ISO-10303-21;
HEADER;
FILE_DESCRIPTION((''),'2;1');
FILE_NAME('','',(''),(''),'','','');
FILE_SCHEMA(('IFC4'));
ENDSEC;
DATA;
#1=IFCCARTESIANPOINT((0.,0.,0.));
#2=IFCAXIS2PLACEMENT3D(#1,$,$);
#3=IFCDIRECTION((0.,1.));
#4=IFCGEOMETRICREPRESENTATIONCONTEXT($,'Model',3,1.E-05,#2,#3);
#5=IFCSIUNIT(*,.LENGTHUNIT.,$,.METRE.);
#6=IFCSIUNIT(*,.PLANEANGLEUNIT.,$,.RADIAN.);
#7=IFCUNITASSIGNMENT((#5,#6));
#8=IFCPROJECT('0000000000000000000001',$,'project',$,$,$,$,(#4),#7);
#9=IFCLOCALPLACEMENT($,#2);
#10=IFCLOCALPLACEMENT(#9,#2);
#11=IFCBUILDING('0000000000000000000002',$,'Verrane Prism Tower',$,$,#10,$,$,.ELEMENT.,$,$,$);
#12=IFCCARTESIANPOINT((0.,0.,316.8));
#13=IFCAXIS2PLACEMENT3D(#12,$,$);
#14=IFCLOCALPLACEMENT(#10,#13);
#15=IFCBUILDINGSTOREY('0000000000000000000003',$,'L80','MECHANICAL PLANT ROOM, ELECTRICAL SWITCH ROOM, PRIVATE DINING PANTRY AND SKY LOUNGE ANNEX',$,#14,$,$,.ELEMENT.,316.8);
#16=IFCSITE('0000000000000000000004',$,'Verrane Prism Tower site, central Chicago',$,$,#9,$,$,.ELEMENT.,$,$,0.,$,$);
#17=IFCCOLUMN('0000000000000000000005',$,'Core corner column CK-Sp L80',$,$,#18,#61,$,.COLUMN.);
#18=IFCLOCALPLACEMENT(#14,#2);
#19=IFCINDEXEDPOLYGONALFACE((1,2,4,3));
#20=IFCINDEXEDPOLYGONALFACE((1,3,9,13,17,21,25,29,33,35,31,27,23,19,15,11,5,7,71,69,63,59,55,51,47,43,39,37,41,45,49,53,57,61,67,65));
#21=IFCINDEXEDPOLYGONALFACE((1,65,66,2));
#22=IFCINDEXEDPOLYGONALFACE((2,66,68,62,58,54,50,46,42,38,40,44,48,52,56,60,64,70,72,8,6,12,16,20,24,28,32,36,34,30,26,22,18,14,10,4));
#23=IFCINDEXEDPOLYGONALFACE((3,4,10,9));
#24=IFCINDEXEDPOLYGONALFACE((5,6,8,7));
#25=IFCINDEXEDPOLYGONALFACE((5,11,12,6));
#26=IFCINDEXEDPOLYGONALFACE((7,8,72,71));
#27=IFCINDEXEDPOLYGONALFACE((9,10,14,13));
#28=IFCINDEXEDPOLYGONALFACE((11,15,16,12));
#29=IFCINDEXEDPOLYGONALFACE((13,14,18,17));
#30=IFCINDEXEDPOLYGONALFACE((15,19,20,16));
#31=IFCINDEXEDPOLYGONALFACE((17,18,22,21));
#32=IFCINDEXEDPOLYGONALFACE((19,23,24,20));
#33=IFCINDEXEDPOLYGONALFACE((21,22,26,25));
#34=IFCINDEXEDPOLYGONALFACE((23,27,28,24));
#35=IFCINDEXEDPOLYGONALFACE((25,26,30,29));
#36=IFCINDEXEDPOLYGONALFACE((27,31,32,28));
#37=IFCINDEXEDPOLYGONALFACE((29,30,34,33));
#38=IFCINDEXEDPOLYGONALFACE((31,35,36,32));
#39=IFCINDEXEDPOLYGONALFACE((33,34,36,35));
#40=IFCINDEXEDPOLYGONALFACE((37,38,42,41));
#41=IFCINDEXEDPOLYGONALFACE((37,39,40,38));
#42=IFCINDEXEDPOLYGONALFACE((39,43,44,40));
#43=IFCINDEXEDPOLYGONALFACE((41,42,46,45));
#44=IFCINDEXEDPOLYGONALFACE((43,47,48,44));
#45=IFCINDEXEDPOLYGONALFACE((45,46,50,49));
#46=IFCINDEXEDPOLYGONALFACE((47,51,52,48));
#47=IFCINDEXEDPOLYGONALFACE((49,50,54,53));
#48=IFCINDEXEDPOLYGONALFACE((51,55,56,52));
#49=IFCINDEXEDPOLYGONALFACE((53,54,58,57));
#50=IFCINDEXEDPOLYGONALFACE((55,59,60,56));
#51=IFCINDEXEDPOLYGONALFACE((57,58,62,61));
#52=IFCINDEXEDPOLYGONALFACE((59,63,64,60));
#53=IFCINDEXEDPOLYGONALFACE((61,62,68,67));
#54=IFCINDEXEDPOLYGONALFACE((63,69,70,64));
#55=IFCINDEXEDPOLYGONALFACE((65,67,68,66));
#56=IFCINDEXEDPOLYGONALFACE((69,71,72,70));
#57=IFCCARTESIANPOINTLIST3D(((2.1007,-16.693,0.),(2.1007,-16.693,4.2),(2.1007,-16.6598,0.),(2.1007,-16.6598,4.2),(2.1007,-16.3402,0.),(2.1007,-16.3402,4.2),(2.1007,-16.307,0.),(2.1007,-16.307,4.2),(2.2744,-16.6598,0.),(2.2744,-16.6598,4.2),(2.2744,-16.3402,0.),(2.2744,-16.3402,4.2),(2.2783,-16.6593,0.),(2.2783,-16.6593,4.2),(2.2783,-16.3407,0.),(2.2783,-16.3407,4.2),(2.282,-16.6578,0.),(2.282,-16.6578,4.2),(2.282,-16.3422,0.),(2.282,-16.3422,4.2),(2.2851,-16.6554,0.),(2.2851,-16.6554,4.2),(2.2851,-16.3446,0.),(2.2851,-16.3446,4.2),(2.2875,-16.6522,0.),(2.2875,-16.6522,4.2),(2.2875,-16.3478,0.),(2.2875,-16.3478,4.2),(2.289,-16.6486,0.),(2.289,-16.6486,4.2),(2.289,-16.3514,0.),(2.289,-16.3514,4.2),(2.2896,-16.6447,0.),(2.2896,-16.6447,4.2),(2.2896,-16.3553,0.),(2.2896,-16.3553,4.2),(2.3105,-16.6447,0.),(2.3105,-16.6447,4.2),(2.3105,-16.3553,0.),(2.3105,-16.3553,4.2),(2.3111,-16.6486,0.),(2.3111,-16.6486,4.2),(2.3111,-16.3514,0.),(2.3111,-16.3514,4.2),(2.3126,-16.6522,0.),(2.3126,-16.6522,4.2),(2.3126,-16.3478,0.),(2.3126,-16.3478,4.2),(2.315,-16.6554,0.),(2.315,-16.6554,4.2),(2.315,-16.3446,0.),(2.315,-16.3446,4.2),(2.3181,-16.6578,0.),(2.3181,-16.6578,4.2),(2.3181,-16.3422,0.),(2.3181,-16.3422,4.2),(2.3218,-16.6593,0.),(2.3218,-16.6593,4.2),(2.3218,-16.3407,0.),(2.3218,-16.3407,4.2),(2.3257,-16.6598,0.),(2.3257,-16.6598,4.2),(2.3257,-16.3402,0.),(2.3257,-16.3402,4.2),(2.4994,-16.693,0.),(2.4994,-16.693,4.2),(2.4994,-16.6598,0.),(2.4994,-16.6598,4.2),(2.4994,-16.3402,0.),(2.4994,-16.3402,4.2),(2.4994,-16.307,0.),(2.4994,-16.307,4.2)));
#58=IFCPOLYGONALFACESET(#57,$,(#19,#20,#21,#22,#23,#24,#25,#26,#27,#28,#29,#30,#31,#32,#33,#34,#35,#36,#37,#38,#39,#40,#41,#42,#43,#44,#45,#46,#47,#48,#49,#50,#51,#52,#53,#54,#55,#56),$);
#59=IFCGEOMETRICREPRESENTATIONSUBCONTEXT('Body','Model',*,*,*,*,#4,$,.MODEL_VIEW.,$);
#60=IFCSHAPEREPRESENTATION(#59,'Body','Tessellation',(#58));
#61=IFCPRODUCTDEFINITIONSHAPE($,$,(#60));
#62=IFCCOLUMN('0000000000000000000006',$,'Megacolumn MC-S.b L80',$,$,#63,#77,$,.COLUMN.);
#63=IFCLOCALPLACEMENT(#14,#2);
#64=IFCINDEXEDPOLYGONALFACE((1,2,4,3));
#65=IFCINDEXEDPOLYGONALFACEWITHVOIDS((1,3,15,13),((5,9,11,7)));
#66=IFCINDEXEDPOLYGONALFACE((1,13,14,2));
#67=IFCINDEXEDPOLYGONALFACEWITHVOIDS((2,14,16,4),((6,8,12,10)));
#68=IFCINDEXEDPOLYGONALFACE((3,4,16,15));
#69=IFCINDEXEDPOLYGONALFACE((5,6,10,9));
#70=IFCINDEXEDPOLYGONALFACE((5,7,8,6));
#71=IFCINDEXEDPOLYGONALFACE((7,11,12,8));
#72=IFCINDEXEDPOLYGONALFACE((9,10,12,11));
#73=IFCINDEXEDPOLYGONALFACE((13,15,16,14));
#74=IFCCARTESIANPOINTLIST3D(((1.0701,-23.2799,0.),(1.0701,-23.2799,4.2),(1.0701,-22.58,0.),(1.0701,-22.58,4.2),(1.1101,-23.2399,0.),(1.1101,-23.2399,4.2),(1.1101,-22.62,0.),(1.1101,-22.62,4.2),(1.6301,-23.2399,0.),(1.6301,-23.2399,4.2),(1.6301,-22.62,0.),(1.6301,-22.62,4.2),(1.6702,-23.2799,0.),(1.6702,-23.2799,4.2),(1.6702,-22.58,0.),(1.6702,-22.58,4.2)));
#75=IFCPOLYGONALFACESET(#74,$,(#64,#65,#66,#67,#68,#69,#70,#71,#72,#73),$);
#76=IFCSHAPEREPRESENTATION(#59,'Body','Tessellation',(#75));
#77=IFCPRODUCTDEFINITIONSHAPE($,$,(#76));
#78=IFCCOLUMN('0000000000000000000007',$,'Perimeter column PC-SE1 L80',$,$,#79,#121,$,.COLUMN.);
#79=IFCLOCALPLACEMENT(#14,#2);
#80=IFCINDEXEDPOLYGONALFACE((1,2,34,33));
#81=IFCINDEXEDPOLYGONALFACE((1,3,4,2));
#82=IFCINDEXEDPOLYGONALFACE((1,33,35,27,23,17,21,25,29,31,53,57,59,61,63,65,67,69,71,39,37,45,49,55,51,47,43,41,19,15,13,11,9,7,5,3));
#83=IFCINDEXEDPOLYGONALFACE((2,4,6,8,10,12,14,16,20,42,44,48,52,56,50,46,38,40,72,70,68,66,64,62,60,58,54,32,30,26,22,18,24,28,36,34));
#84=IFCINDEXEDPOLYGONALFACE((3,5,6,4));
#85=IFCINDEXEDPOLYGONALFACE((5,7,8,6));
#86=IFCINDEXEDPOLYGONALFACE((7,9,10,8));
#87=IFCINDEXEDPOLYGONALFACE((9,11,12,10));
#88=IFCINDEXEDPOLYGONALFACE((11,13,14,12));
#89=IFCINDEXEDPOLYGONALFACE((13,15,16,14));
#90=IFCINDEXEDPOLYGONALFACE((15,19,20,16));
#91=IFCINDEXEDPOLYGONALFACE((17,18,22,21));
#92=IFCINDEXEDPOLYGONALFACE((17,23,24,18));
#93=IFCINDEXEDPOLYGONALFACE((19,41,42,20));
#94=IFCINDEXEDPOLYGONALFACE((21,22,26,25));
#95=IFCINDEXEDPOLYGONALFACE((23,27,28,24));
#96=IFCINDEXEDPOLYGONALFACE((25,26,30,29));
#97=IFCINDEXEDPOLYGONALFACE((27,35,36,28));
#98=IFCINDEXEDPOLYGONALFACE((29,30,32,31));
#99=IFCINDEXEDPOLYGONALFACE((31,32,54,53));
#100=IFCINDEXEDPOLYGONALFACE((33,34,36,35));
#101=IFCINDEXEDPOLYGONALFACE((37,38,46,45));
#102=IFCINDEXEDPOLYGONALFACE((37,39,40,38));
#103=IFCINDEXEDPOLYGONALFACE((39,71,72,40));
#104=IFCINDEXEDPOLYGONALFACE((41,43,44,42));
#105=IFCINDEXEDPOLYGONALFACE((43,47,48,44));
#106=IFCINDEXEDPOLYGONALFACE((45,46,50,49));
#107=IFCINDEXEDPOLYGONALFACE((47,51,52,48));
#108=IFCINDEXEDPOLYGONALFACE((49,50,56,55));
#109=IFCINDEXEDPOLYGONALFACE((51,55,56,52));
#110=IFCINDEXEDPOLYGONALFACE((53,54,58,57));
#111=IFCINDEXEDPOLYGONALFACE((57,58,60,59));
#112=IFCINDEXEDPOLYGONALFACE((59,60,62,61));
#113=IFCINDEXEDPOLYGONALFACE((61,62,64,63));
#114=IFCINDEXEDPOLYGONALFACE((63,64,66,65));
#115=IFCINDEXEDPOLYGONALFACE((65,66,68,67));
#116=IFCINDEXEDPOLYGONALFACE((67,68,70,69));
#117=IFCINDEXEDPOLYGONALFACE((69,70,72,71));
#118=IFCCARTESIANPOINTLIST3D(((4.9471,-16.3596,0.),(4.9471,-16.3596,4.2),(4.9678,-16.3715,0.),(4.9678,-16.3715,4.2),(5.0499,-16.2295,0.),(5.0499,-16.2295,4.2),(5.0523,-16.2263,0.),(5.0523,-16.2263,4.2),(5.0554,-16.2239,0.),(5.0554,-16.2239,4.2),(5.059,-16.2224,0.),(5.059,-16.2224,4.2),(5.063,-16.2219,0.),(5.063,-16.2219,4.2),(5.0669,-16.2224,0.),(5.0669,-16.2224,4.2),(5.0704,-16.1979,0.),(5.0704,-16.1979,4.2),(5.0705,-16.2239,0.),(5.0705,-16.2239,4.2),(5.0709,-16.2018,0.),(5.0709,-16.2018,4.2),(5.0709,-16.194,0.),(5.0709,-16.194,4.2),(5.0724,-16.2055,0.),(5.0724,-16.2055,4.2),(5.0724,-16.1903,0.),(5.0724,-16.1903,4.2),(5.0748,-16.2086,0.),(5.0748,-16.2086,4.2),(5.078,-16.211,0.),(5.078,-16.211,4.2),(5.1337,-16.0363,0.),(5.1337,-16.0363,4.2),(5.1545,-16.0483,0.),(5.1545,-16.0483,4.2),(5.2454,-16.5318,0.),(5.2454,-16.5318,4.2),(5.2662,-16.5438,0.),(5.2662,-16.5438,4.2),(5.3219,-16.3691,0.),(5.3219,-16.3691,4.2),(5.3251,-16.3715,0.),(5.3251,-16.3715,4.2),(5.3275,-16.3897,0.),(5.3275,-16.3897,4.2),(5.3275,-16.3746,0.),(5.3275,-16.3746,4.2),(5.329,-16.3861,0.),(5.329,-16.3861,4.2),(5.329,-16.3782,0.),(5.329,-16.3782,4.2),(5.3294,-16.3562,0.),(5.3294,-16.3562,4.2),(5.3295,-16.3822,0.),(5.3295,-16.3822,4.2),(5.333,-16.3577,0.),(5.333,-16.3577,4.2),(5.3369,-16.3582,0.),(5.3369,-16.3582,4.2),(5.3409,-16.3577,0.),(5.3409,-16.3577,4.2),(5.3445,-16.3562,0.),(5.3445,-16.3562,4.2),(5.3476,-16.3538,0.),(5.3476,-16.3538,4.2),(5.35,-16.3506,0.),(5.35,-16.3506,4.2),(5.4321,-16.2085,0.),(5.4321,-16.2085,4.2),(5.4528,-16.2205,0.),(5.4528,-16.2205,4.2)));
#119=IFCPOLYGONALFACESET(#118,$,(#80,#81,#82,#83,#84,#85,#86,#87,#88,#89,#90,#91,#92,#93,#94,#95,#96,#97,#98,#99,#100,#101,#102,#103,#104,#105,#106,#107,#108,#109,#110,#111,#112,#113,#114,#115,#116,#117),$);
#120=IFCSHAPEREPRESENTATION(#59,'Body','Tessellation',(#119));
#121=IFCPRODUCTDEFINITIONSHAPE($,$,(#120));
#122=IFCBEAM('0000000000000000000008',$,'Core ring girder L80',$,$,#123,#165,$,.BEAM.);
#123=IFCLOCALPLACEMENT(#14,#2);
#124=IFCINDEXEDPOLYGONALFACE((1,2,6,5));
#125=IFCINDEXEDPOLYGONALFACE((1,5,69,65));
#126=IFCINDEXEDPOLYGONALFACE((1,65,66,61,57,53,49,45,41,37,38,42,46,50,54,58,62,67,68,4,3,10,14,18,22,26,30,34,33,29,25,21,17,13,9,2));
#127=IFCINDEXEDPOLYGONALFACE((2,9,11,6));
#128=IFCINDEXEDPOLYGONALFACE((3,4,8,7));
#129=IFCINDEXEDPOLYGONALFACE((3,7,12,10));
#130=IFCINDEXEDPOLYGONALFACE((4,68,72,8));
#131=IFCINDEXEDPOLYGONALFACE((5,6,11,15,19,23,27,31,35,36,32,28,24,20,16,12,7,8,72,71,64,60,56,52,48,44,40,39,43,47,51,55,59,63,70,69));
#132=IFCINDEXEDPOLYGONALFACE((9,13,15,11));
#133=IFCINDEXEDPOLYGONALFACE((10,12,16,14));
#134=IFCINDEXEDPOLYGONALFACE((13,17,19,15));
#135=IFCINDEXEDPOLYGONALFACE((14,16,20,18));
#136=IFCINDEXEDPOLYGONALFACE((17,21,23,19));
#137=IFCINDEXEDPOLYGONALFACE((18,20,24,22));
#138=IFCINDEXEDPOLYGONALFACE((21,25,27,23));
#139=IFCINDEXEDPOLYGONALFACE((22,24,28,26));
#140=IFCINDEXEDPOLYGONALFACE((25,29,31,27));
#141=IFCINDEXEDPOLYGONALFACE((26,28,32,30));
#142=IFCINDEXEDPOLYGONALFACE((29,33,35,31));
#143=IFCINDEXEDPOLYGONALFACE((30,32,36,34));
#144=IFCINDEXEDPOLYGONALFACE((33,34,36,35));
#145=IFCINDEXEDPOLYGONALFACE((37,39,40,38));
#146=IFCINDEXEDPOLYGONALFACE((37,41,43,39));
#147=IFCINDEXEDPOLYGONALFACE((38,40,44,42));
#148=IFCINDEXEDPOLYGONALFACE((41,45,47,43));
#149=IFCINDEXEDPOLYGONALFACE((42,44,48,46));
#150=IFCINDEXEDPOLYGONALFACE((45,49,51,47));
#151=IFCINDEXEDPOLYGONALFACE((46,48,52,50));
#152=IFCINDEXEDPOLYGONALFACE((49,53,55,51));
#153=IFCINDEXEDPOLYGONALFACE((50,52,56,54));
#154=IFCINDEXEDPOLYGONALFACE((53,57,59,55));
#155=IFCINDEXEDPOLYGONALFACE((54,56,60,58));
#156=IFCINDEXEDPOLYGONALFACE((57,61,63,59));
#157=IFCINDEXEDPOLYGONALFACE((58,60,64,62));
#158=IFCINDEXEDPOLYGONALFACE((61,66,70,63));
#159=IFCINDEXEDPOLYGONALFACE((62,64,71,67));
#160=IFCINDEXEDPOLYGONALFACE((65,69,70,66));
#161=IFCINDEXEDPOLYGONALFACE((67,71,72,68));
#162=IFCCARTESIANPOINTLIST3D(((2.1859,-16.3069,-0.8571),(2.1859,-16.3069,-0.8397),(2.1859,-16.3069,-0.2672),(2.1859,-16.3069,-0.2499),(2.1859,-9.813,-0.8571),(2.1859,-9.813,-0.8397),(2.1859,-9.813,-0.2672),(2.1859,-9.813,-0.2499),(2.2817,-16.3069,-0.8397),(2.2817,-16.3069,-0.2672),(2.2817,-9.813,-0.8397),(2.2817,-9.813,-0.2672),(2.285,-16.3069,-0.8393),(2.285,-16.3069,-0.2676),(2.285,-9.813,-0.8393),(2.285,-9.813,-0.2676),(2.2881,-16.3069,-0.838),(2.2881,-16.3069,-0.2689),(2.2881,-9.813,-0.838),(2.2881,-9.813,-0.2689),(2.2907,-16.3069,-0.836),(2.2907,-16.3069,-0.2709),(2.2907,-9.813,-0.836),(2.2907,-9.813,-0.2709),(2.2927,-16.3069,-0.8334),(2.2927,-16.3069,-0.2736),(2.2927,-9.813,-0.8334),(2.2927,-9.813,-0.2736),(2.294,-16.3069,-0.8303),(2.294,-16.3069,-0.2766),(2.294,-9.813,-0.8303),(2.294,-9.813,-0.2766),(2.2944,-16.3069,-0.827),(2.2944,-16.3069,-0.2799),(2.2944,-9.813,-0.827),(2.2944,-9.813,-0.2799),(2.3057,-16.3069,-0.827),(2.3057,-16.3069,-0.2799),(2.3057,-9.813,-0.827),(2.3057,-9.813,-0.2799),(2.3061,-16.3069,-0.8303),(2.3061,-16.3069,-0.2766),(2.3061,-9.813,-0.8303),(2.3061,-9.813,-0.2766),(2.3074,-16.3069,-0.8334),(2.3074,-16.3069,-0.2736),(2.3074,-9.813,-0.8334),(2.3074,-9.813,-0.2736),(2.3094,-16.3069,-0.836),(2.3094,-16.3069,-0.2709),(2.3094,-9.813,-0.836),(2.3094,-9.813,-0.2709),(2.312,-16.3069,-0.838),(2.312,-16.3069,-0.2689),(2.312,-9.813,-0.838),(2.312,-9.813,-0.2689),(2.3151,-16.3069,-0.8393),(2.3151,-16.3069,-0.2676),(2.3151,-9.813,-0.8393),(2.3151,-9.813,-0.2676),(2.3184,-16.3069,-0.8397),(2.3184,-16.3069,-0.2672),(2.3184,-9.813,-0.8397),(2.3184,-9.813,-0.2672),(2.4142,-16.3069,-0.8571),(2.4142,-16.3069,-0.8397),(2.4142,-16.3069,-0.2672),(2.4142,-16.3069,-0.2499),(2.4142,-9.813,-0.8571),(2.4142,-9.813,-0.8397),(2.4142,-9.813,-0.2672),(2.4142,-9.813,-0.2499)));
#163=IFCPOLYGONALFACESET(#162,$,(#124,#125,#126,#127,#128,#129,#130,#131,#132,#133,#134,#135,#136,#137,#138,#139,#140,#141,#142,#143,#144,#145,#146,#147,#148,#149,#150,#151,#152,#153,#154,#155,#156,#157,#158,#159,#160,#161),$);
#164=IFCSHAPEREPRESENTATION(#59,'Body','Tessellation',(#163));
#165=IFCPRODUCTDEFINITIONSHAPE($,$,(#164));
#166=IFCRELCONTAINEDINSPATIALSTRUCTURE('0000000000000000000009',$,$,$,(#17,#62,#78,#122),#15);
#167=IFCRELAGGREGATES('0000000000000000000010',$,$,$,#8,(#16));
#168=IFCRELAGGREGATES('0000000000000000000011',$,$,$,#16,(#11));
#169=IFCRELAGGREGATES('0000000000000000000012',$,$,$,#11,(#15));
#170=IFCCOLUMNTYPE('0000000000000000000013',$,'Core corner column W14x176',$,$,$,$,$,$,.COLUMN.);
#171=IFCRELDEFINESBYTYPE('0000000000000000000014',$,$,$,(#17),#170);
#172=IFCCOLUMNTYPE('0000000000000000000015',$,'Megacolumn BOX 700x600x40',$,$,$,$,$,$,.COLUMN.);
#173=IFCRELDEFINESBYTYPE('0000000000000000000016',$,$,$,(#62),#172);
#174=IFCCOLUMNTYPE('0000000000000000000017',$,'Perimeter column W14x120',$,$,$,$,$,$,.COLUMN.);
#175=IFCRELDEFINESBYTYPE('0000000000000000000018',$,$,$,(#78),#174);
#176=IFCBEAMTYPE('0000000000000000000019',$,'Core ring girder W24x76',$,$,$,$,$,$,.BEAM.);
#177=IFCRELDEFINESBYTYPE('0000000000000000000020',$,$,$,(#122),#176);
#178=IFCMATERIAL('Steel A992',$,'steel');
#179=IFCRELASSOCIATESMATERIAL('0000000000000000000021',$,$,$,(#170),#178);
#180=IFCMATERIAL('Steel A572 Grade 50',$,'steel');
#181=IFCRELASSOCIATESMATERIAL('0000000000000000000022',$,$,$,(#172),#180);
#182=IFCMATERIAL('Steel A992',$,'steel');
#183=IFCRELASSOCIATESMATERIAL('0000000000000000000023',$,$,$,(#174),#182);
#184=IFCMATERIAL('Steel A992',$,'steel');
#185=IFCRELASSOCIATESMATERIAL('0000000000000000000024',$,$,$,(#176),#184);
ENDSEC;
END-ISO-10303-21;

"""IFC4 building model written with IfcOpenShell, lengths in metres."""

from ifc_helpers import new_model, si_unit, direction, frame, origin, origin_2d, place, context, subcontext, project, spatial, hollow_rectangle, i_section, extrude, material, material_profile, profile_set, type_object, element, save


model = new_model("IFC4")

# Units and contexts
model_context = context("Model", 3, precision=1e-05, world=origin(), true_north=direction((0.0, 1.0)))
body_context = subcontext(model_context, "Body", "Model", "MODEL_VIEW")
ifc_project = project(units=[si_unit("LENGTHUNIT", "METRE"), si_unit("PLANEANGLEUNIT", "RADIAN")], contexts=[model_context])

# Site, building, storey
site_placement = place(None, origin())
site = spatial("IfcSite", under=ifc_project, at=site_placement, Name="Verrane Prism Tower site, central Chicago", CompositionType="ELEMENT", RefElevation=0.0)
building_placement = place(site_placement, origin())
building = spatial("IfcBuilding", under=site, at=building_placement, Name="Verrane Prism Tower", CompositionType="ELEMENT")
storey_placement = place(building_placement, frame((0.0, 0.0, 316.8)))
storey = spatial("IfcBuildingStorey", under=building, at=storey_placement, Name="L80", Description="MECHANICAL PLANT ROOM, ELECTRICAL SWITCH ROOM, PRIVATE DINING PANTRY AND SKY LOUNGE ANNEX", CompositionType="ELEMENT", Elevation=316.8)

# Columns
ifc_material_1 = material(Name="Steel A992", Category="steel")
ifc_material_profile_1 = material_profile(ifc_material_1, i_section(OverallWidth=0.3987, OverallDepth=0.386, WebThickness=0.021, FlangeThickness=0.0332, FilletRadius=0.0151, at=origin_2d()), Name="W14x176")
ifc_profile_set_1 = profile_set([ifc_material_profile_1], Name="Steel A992")
column_type_1 = type_object("IfcColumnType", Name="Core corner column W14x176", PredefinedType="COLUMN", material=ifc_profile_set_1)
column_1_placement = place(storey_placement, frame((2.3, -16.5, 0.0), z_axis=(0.0, 0.0, 1.0), x_axis=(-1.0, 0.0, 0.0)))
element("IfcColumn", 1, at=column_1_placement, inside=storey, type_object=column_type_1, Name="Core corner column CK-Sp L80", PredefinedType="COLUMN", context=body_context, shape_type="SweptSolid", body=[
    extrude(i_section(OverallWidth=0.3987, OverallDepth=0.386, WebThickness=0.021, FlangeThickness=0.0332, FilletRadius=0.0151, at=origin_2d()), origin(), (0.0, 0.0, 1.0), 4.2),
])
ifc_material_2 = material(Name="Steel A572 Grade 50", Category="steel")
ifc_material_profile_2 = material_profile(ifc_material_2, hollow_rectangle(XDim=0.6001, YDim=0.7, WallThickness=0.04, at=origin_2d()), Name="BOX 700x600x40")
ifc_profile_set_2 = profile_set([ifc_material_profile_2], Name="Steel A572 Grade 50")
column_type_2 = type_object("IfcColumnType", Name="Megacolumn BOX 700x600x40", PredefinedType="COLUMN", material=ifc_profile_set_2)
column_2_placement = place(storey_placement, frame((1.3701, -22.9299, 0.0), z_axis=(0.0, 0.0, 1.0), x_axis=(-1.0, 0.0, 0.0)))
element("IfcColumn", 2, at=column_2_placement, inside=storey, type_object=column_type_2, Name="Megacolumn MC-S.b L80", PredefinedType="COLUMN", context=body_context, shape_type="SweptSolid", body=[
    extrude(hollow_rectangle(XDim=0.6001, YDim=0.7, WallThickness=0.04, at=origin_2d()), origin(), (0.0, 0.0, 1.0), 4.2),
])
ifc_material_3 = material(Name="Steel A992", Category="steel")
ifc_material_profile_3 = material_profile(ifc_material_3, i_section(OverallWidth=0.3733, OverallDepth=0.3684, WebThickness=0.0149, FlangeThickness=0.0239, FilletRadius=0.0151, at=origin_2d()), Name="W14x120")
ifc_profile_set_3 = profile_set([ifc_material_profile_3], Name="Steel A992")
column_type_3 = type_object("IfcColumnType", Name="Perimeter column W14x120", PredefinedType="COLUMN", material=ifc_profile_set_3)
column_3_placement = place(storey_placement, frame((5.2, -16.29, 0.0), z_axis=(0.0, 0.0, 1.0), x_axis=(-0.5, -0.866025, 0.0)))
element("IfcColumn", 3, at=column_3_placement, inside=storey, type_object=column_type_3, Name="Perimeter column PC-SE1 L80", PredefinedType="COLUMN", context=body_context, shape_type="SweptSolid", body=[
    extrude(i_section(OverallWidth=0.3733, OverallDepth=0.3684, WebThickness=0.0149, FlangeThickness=0.0239, FilletRadius=0.0151, at=origin_2d()), origin(), (0.0, 0.0, 1.0), 4.2),
])

# Beam
ifc_material_4 = material(Name="Steel A992", Category="steel")
ifc_material_profile_4 = material_profile(ifc_material_4, i_section(OverallWidth=0.2283, OverallDepth=0.6072, WebThickness=0.0112, FlangeThickness=0.0173, FilletRadius=0.0127, at=origin_2d()), Name="W24x76")
ifc_profile_set_4 = profile_set([ifc_material_profile_4], Name="Steel A992")
beam_type_1 = type_object("IfcBeamType", Name="Core ring girder W24x76", PredefinedType="BEAM", material=ifc_profile_set_4)
beam_1_placement = place(storey_placement, frame((2.3, -16.3069, -0.5535), z_axis=(0.0, 1.0, 0.0), x_axis=(-1.0, 0.0, 0.0)))
element("IfcBeam", 4, at=beam_1_placement, inside=storey, type_object=beam_type_1, Name="Core ring girder L80", PredefinedType="BEAM", context=body_context, shape_type="SweptSolid", body=[
    extrude(i_section(OverallWidth=0.2283, OverallDepth=0.6072, WebThickness=0.0112, FlangeThickness=0.0173, FilletRadius=0.0127, at=origin_2d()), origin(), (0.0, 0.0, 1.0), 6.4939),
])

save(model, "model.ifc")
